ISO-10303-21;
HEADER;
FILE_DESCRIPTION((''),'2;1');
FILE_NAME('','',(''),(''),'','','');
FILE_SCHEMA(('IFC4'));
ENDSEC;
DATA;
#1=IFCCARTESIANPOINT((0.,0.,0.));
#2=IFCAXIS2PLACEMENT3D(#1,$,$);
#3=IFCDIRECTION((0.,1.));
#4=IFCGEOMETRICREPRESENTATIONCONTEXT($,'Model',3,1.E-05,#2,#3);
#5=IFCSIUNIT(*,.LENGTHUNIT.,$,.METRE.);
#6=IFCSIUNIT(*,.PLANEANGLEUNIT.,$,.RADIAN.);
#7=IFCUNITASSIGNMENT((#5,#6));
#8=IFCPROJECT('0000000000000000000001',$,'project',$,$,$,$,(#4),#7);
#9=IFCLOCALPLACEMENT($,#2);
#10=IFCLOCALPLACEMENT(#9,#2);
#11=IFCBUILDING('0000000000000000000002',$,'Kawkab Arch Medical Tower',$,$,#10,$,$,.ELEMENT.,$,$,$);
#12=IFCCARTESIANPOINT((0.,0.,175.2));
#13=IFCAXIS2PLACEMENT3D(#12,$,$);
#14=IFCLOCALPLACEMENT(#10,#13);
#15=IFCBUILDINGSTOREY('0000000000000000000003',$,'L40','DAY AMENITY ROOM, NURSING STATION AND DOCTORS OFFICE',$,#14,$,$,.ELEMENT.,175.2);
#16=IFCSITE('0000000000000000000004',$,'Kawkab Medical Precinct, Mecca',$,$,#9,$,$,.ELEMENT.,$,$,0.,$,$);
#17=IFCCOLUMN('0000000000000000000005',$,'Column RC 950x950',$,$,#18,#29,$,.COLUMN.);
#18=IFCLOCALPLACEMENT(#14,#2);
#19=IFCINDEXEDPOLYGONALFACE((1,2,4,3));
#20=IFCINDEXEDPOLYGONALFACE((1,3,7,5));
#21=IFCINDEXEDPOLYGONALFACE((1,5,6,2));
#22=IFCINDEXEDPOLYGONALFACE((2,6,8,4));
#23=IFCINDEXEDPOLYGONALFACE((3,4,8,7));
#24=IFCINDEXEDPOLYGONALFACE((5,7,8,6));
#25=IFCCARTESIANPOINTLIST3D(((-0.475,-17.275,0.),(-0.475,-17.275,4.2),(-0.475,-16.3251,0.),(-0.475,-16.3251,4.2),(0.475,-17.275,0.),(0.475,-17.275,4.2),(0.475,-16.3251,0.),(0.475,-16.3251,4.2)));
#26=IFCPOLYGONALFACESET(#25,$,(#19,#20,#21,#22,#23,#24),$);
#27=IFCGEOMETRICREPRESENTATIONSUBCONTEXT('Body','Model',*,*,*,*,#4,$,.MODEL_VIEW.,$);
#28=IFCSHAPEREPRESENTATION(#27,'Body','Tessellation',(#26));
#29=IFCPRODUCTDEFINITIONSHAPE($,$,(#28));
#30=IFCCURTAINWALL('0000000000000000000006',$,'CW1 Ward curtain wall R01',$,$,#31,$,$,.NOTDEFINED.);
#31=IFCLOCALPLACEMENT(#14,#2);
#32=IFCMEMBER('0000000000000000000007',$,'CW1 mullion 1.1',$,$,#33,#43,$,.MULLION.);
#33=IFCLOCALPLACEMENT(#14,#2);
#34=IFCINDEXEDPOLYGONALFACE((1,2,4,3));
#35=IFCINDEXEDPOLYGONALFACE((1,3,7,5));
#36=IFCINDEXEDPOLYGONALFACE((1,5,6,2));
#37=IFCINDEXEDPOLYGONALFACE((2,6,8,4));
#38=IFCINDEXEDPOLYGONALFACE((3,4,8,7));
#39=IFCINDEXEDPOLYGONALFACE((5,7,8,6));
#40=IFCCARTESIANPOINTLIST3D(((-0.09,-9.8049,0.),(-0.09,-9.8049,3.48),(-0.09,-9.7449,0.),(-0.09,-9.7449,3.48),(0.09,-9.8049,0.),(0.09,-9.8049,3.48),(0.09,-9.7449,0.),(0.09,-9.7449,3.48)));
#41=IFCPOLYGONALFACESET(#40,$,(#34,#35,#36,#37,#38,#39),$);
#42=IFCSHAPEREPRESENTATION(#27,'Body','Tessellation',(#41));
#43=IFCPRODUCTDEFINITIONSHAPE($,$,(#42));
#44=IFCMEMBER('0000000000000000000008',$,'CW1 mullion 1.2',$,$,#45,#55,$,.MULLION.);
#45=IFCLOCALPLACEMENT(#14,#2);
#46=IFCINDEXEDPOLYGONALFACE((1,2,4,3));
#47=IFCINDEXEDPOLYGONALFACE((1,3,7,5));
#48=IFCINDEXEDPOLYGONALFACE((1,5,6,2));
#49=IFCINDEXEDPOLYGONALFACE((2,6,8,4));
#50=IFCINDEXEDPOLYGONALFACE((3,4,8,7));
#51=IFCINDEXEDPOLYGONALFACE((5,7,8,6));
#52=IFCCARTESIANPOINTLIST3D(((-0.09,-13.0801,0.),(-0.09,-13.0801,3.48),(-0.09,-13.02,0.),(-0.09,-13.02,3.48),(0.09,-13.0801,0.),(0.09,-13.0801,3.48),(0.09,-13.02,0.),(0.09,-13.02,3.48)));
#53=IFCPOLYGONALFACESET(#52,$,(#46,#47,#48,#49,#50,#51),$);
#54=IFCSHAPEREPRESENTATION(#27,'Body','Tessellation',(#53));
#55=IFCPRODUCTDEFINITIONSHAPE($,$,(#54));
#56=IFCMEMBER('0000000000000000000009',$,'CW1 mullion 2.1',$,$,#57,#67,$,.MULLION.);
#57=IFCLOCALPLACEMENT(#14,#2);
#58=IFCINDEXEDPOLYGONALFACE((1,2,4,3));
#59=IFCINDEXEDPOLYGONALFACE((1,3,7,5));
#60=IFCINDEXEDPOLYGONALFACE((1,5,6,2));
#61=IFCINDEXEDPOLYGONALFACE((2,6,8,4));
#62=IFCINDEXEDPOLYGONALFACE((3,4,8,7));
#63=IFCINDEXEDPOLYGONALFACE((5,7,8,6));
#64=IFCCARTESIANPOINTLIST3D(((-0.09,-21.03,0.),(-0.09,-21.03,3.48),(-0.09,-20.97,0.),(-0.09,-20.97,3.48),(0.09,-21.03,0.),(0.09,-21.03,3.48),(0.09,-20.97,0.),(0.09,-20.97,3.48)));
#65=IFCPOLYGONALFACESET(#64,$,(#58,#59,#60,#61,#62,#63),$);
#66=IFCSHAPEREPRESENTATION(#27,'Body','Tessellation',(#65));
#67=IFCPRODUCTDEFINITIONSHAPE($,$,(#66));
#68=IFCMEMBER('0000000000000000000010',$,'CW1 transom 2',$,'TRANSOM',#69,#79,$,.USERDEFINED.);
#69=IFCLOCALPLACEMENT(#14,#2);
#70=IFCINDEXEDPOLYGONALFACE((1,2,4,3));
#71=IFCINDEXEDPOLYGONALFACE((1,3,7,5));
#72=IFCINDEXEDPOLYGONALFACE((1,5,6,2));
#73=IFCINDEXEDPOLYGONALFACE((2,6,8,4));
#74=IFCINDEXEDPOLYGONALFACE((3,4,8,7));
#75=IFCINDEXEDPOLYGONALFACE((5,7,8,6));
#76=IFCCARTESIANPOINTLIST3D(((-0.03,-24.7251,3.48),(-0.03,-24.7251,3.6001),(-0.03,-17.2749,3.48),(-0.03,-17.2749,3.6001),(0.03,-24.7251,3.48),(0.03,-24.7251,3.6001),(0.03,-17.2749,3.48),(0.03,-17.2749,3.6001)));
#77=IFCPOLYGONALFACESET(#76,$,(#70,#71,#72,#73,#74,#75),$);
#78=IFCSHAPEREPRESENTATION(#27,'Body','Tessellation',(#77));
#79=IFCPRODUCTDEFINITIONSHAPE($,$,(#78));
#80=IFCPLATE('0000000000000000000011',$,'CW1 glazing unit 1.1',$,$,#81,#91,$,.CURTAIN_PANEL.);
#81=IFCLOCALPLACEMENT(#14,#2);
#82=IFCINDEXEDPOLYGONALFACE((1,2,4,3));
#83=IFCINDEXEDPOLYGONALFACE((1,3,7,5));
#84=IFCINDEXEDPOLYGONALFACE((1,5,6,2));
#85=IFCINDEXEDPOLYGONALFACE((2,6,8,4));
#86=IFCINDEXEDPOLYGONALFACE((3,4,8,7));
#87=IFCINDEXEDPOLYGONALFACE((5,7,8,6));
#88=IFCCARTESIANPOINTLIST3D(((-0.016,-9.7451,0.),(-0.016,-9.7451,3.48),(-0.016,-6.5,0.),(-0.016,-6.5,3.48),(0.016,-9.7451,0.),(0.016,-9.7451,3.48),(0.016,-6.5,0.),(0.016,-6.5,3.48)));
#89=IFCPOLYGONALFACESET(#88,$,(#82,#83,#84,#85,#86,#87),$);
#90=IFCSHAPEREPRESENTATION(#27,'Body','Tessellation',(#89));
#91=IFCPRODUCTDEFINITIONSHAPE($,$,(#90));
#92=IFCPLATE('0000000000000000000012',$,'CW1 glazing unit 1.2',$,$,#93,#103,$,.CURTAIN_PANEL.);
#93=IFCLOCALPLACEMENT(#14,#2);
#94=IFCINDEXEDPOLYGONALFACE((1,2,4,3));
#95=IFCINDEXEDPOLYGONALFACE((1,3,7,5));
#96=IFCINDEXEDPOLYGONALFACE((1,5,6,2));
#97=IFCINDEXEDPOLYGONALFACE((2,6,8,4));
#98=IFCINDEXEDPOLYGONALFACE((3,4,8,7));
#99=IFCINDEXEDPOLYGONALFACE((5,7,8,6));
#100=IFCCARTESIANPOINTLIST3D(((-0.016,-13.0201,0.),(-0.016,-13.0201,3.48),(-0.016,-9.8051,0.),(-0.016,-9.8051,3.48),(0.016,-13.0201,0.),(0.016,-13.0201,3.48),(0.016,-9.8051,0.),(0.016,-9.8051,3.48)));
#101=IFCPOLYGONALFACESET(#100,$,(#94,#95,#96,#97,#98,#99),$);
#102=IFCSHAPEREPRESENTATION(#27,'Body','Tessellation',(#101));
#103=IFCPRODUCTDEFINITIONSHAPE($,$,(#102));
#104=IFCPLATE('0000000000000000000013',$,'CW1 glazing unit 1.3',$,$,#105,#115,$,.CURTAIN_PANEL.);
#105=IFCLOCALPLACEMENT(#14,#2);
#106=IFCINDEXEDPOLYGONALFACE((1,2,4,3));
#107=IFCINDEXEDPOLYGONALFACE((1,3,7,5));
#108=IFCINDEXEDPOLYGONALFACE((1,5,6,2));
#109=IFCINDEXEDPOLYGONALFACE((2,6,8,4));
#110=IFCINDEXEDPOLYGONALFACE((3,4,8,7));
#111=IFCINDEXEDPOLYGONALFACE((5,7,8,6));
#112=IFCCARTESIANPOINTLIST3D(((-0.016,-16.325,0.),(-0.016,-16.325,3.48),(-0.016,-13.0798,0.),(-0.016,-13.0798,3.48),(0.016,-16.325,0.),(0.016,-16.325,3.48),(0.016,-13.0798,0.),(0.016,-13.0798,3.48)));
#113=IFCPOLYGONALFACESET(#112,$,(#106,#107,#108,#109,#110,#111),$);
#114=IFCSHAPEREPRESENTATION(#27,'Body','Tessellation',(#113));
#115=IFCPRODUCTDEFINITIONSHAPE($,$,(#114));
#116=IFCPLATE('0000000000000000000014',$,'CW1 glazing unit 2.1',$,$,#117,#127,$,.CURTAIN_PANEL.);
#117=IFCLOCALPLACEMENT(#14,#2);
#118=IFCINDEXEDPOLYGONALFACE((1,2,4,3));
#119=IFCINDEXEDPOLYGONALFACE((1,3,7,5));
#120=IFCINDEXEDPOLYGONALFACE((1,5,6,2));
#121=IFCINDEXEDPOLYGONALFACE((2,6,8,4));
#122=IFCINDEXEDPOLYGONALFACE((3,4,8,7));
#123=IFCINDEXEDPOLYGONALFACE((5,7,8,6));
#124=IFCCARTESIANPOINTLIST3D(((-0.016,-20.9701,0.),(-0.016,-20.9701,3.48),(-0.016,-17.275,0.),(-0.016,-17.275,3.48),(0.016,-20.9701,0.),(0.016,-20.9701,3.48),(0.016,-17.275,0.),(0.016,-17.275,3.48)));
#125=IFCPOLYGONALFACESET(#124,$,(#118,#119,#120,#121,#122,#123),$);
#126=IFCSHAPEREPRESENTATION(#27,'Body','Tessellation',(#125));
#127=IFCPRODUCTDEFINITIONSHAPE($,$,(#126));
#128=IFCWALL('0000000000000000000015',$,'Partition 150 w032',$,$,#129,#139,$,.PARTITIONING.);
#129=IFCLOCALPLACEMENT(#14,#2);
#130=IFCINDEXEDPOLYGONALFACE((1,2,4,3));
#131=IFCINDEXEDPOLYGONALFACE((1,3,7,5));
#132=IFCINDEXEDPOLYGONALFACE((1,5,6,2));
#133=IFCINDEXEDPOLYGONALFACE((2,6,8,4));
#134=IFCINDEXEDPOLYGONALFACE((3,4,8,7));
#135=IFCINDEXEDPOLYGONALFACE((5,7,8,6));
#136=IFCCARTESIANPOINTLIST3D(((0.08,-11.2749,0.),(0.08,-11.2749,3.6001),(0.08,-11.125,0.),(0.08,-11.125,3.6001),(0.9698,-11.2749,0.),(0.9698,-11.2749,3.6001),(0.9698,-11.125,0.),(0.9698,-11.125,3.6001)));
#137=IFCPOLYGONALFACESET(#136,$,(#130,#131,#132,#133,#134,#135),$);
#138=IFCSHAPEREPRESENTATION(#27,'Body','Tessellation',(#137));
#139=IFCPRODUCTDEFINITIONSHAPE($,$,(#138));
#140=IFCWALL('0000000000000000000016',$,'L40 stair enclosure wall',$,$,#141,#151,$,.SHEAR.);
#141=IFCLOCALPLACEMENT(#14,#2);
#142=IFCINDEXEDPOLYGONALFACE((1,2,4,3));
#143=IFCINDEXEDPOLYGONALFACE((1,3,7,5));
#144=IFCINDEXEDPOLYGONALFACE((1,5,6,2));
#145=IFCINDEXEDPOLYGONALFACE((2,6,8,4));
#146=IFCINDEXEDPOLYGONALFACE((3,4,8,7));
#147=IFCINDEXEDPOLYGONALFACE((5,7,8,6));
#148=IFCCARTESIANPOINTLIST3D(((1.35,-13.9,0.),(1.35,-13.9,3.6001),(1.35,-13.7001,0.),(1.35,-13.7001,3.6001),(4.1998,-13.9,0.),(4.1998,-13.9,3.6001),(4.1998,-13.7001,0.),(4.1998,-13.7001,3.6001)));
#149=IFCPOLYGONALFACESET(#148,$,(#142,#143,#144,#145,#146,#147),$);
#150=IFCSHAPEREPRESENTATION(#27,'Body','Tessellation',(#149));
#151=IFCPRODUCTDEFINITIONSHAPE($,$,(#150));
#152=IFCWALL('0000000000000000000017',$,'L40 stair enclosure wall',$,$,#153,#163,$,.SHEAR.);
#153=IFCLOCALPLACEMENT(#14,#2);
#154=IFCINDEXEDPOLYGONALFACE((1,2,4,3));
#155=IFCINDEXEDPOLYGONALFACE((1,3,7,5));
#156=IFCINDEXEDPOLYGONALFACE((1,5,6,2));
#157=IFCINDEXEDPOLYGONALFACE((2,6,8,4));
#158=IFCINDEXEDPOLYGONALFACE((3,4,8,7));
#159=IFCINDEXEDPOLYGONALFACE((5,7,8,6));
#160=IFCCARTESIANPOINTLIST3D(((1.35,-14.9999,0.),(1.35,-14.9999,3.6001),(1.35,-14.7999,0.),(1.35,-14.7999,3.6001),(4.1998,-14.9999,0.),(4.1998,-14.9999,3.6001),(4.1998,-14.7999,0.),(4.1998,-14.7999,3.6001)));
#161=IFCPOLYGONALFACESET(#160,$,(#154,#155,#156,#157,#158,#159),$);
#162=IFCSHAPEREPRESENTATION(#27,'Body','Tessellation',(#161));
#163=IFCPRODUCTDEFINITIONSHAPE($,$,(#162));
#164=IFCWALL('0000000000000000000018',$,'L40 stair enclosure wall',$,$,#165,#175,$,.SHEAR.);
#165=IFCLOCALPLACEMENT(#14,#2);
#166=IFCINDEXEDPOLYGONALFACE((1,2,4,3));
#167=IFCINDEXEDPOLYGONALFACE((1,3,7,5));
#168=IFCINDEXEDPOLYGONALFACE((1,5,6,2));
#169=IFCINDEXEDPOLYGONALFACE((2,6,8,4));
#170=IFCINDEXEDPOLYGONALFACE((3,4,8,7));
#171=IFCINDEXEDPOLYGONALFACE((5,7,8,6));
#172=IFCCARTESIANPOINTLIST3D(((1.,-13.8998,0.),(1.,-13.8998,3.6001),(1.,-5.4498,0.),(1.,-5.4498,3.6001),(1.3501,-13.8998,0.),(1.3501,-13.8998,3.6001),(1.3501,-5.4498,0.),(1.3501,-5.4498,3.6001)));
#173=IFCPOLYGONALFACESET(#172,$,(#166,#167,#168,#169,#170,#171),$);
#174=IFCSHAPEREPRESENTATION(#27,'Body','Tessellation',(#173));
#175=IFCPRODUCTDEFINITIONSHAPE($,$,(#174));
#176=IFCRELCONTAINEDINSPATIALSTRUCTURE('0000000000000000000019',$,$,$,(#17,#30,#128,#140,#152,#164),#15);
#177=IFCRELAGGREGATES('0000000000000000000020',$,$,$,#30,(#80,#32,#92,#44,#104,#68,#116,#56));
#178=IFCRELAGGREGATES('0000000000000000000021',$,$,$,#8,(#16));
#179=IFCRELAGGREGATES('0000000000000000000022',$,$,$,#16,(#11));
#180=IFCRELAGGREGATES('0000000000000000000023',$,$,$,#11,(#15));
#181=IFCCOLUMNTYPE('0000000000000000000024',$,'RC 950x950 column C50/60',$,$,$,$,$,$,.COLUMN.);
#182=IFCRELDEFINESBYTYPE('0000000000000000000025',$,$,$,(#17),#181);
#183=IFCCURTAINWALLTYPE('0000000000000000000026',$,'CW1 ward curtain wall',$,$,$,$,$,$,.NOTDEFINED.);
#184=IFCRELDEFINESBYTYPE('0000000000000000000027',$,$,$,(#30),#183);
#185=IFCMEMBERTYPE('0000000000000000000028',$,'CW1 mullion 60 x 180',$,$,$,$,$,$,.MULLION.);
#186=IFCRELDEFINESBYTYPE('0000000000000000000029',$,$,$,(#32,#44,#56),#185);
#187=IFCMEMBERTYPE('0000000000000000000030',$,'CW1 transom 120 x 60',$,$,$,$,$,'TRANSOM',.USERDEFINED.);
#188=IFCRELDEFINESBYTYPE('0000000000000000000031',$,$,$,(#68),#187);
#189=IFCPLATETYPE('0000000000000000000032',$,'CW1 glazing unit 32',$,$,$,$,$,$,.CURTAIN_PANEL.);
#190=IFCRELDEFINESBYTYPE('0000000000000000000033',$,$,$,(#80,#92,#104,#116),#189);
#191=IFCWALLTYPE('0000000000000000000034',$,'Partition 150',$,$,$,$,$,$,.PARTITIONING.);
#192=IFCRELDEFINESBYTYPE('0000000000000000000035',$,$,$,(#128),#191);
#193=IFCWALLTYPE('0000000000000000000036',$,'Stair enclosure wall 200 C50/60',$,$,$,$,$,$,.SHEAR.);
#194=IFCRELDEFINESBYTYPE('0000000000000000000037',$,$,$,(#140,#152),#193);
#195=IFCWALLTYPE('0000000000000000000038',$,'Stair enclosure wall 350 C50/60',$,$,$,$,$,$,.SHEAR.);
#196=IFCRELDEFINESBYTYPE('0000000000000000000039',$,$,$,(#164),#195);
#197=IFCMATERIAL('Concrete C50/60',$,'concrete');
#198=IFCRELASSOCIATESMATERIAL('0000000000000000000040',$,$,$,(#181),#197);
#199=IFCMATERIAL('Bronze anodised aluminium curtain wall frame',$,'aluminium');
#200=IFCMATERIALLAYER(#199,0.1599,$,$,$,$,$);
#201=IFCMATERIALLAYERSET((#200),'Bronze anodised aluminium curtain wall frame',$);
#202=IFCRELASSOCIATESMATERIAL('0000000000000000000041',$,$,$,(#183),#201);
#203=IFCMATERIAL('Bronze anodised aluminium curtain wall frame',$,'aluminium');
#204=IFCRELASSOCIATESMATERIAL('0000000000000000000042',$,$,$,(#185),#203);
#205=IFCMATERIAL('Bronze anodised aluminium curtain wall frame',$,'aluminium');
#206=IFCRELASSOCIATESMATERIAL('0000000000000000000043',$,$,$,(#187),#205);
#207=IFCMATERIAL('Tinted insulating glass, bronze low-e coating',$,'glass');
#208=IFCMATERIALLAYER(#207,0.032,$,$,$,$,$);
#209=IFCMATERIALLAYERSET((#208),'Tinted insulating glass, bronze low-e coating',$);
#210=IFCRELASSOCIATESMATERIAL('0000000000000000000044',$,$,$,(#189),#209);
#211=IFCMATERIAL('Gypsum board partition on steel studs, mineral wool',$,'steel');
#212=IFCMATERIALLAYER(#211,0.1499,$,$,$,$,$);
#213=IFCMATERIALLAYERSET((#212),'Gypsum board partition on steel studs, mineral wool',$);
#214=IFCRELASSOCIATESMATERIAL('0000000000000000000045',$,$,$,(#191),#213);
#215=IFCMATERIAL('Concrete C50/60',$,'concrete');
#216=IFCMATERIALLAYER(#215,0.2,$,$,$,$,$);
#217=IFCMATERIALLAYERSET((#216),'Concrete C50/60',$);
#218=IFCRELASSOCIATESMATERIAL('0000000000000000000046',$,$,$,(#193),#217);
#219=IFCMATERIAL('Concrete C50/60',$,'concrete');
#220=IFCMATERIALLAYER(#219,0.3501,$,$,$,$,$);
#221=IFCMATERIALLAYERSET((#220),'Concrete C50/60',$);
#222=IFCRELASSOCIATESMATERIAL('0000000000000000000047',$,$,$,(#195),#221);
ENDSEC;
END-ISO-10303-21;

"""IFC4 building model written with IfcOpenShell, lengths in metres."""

from ifc_helpers import new_model, si_unit, direction, frame, frame_2d, origin, origin_2d, place, context, subcontext, project, spatial, rectangle, extrude, material, layer, layer_set, material_profile, profile_set, type_object, element, aggregate, save


model = new_model("IFC4")

# Units and contexts
model_context = context("Model", 3, precision=1e-05, world=origin(), true_north=direction((0.0, 1.0)))
body_context = subcontext(model_context, "Body", "Model", "MODEL_VIEW")
ifc_project = project(units=[si_unit("LENGTHUNIT", "METRE"), si_unit("PLANEANGLEUNIT", "RADIAN")], contexts=[model_context])

# Site, building, storey
site_placement = place(None, origin())
site = spatial("IfcSite", under=ifc_project, at=site_placement, Name="Kawkab Medical Precinct, Mecca", CompositionType="ELEMENT", RefElevation=0.0)
building_placement = place(site_placement, origin())
building = spatial("IfcBuilding", under=site, at=building_placement, Name="Kawkab Arch Medical Tower", CompositionType="ELEMENT")
storey_placement = place(building_placement, frame((0.0, 0.0, 175.2)))
storey = spatial("IfcBuildingStorey", under=building, at=storey_placement, Name="L40", Description="DAY AMENITY ROOM, NURSING STATION AND DOCTORS OFFICE", CompositionType="ELEMENT", Elevation=175.2)

# Column
ifc_material_1 = material(Name="Concrete C50/60", Category="concrete")
ifc_material_profile_1 = material_profile(ifc_material_1, rectangle(XDim=0.95, YDim=0.95, at=origin_2d()), Name="RC 950x950")
ifc_profile_set_1 = profile_set([ifc_material_profile_1], Name="Concrete C50/60")
column_type = type_object("IfcColumnType", Name="RC 950x950 column C50/60", PredefinedType="COLUMN", material=ifc_profile_set_1)
column_placement = place(storey_placement, frame((0.0, -16.8, 0.0), z_axis=(0.0, 0.0, 1.0), x_axis=(1.0, 0.0, 0.0)))
element("IfcColumn", 1, at=column_placement, inside=storey, type_object=column_type, Name="Column RC 950x950", PredefinedType="COLUMN", context=body_context, shape_type="SweptSolid", body=[
    extrude(rectangle(XDim=0.95, YDim=0.95, at=origin_2d()), origin(), (0.0, 0.0, 1.0), 4.2),
])

# Curtain wall, members, plates
ifc_material_2 = material(Name="Bronze anodised aluminium curtain wall frame", Category="aluminium")
ifc_layer_1 = layer(ifc_material_2, 0.1599)
ifc_layer_set_1 = layer_set([ifc_layer_1], Name="Bronze anodised aluminium curtain wall frame")
curtain_wall_type = type_object("IfcCurtainWallType", Name="CW1 ward curtain wall", PredefinedType="NOTDEFINED", material=ifc_layer_set_1)
placement = place(storey_placement, origin())
curtain_wall = element("IfcCurtainWall", 2, at=placement, inside=storey, type_object=curtain_wall_type, Name="CW1 Ward curtain wall R01", PredefinedType="NOTDEFINED")
ifc_material_3 = material(Name="Bronze anodised aluminium curtain wall frame", Category="aluminium")
ifc_material_profile_2 = material_profile(ifc_material_3, rectangle(XDim=0.1799, YDim=0.0601, at=origin_2d()), Name="AL 60x180")
ifc_profile_set_2 = profile_set([ifc_material_profile_2], Name="Bronze anodised aluminium curtain wall frame")
member_type_1 = type_object("IfcMemberType", Name="CW1 mullion 60 x 180", PredefinedType="MULLION", material=ifc_profile_set_2)
member_1_placement = place(storey_placement, frame((0.0, -9.7749, 0.0), z_axis=(0.0, 0.0, 1.0), x_axis=(1.0, 0.0, 0.0)))
member_1 = element("IfcMember", 3, at=member_1_placement, type_object=member_type_1, Name="CW1 mullion 1.1", PredefinedType="MULLION", context=body_context, shape_type="SweptSolid", body=[
    extrude(rectangle(XDim=0.1799, YDim=0.0601, at=origin_2d()), origin(), (0.0, 0.0, 1.0), 3.48),
])
member_2_placement = place(storey_placement, frame((0.0, -13.05, 0.0), z_axis=(0.0, 0.0, 1.0), x_axis=(1.0, 0.0, 0.0)))
member_2 = element("IfcMember", 4, at=member_2_placement, type_object=member_type_1, Name="CW1 mullion 1.2", PredefinedType="MULLION", context=body_context, shape_type="SweptSolid", body=[
    extrude(rectangle(XDim=0.1799, YDim=0.0601, at=origin_2d()), origin(), (0.0, 0.0, 1.0), 3.48),
])
member_3_placement = place(storey_placement, frame((0.0, -21.0, 0.0), z_axis=(0.0, 0.0, 1.0), x_axis=(1.0, 0.0, 0.0)))
member_3 = element("IfcMember", 5, at=member_3_placement, type_object=member_type_1, Name="CW1 mullion 2.1", PredefinedType="MULLION", context=body_context, shape_type="SweptSolid", body=[
    extrude(rectangle(XDim=0.1799, YDim=0.0601, at=origin_2d()), origin(), (0.0, 0.0, 1.0), 3.48),
])
ifc_material_4 = material(Name="Bronze anodised aluminium curtain wall frame", Category="aluminium")
ifc_material_profile_3 = material_profile(ifc_material_4, rectangle(XDim=0.0601, YDim=0.1201, at=origin_2d()), Name="AL 60x120")
ifc_profile_set_3 = profile_set([ifc_material_profile_3], Name="Bronze anodised aluminium curtain wall frame")
member_type_2 = type_object("IfcMemberType", Name="CW1 transom 120 x 60", ElementType="TRANSOM", PredefinedType="USERDEFINED", material=ifc_profile_set_3)
member_4_placement = place(storey_placement, frame((0.0, -17.2749, 3.54), z_axis=(0.0, -1.0, 0.0), x_axis=(1.0, 0.0, 0.0)))
member_4 = element("IfcMember", 6, at=member_4_placement, type_object=member_type_2, Name="CW1 transom 2", ObjectType="TRANSOM", PredefinedType="USERDEFINED", context=body_context, shape_type="SweptSolid", body=[
    extrude(rectangle(XDim=0.0601, YDim=0.1201, at=origin_2d()), origin(), (0.0, 0.0, 1.0), 7.4502),
])
ifc_material_5 = material(Name="Tinted insulating glass, bronze low-e coating", Category="glass")
ifc_layer_2 = layer(ifc_material_5, 0.032)
ifc_layer_set_2 = layer_set([ifc_layer_2], Name="Tinted insulating glass, bronze low-e coating")
plate_type = type_object("IfcPlateType", Name="CW1 glazing unit 32", PredefinedType="CURTAIN_PANEL", material=ifc_layer_set_2)
plate_1_placement = place(storey_placement, frame((0.0, -8.1226, 0.0), z_axis=(0.0, 0.0, 1.0), x_axis=(0.0, -1.0, 0.0)))
plate_1 = element("IfcPlate", 7, at=plate_1_placement, type_object=plate_type, Name="CW1 glazing unit 1.1", PredefinedType="CURTAIN_PANEL", context=body_context, shape_type="SweptSolid", body=[
    extrude(rectangle(XDim=3.2451, YDim=0.032, at=origin_2d()), origin(), (0.0, 0.0, 1.0), 3.48),
])
plate_2_placement = place(storey_placement, frame((0.0, -11.4126, 0.0), z_axis=(0.0, 0.0, 1.0), x_axis=(0.0, -1.0, 0.0)))
plate_2 = element("IfcPlate", 8, at=plate_2_placement, type_object=plate_type, Name="CW1 glazing unit 1.2", PredefinedType="CURTAIN_PANEL", context=body_context, shape_type="SweptSolid", body=[
    extrude(rectangle(XDim=3.2151, YDim=0.032, at=origin_2d()), origin(), (0.0, 0.0, 1.0), 3.48),
])
plate_3_placement = place(storey_placement, frame((0.0, -14.7024, 0.0), z_axis=(0.0, 0.0, 1.0), x_axis=(0.0, -1.0, 0.0)))
plate_3 = element("IfcPlate", 9, at=plate_3_placement, type_object=plate_type, Name="CW1 glazing unit 1.3", PredefinedType="CURTAIN_PANEL", context=body_context, shape_type="SweptSolid", body=[
    extrude(rectangle(XDim=3.2451, YDim=0.032, at=origin_2d()), origin(), (0.0, 0.0, 1.0), 3.48),
])
plate_4_placement = place(storey_placement, frame((0.0, -19.1226, 0.0), z_axis=(0.0, 0.0, 1.0), x_axis=(0.0, -1.0, 0.0)))
plate_4 = element("IfcPlate", 10, at=plate_4_placement, type_object=plate_type, Name="CW1 glazing unit 2.1", PredefinedType="CURTAIN_PANEL", context=body_context, shape_type="SweptSolid", body=[
    extrude(rectangle(XDim=3.6951, YDim=0.032, at=origin_2d()), origin(), (0.0, 0.0, 1.0), 3.48),
])
aggregate(curtain_wall, [plate_1, member_1, plate_2, member_2, plate_3, member_4, plate_4, member_3])

# Walls
ifc_material_6 = material(Name="Gypsum board partition on steel studs, mineral wool", Category="steel")
ifc_layer_3 = layer(ifc_material_6, 0.1499)
ifc_layer_set_3 = layer_set([ifc_layer_3], Name="Gypsum board partition on steel studs, mineral wool")
wall_type_1 = type_object("IfcWallType", Name="Partition 150", PredefinedType="PARTITIONING", material=ifc_layer_set_3)
wall_1_placement = place(storey_placement, frame((0.0801, -11.2, 0.0), z_axis=(0.0, 0.0, 1.0), x_axis=(1.0, 0.0, 0.0)))
element("IfcWall", 11, at=wall_1_placement, inside=storey, type_object=wall_type_1, Name="Partition 150 w032", PredefinedType="PARTITIONING", context=body_context, shape_type="SweptSolid", body=[
    extrude(rectangle(XDim=0.8899, YDim=0.1499, at=frame_2d((0.4448, 0.0))), origin(), (0.0, 0.0, 1.0), 3.6001),
])
ifc_material_7 = material(Name="Concrete C50/60", Category="concrete")
ifc_layer_4 = layer(ifc_material_7, 0.2)
ifc_layer_set_4 = layer_set([ifc_layer_4], Name="Concrete C50/60")
wall_type_2 = type_object("IfcWallType", Name="Stair enclosure wall 200 C50/60", PredefinedType="SHEAR", material=ifc_layer_set_4)
for number, where, z_axis, x_axis, name in (
    (12, (1.3501, -13.8, 0.0), (0.0, 0.0, 1.0), (1.0, 0.0, 0.0), "L40 stair enclosure wall"),
    (13, (1.3501, -14.8999, 0.0), (0.0, 0.0, 1.0), (1.0, 0.0, 0.0), "L40 stair enclosure wall"),
):
    element("IfcWall", number, at=place(storey_placement, frame(where, z_axis=z_axis, x_axis=x_axis)), inside=storey, type_object=wall_type_2, Name=name, PredefinedType="SHEAR", context=body_context, shape_type="SweptSolid", body=[
        extrude(rectangle(XDim=2.8499, YDim=0.2, at=frame_2d((1.4248, 0.0))), origin(), (0.0, 0.0, 1.0), 3.6001),
    ])
ifc_material_8 = material(Name="Concrete C50/60", Category="concrete")
ifc_layer_5 = layer(ifc_material_8, 0.3501)
ifc_layer_set_5 = layer_set([ifc_layer_5], Name="Concrete C50/60")
wall_type_3 = type_object("IfcWallType", Name="Stair enclosure wall 350 C50/60", PredefinedType="SHEAR", material=ifc_layer_set_5)
wall_2_placement = place(storey_placement, frame((1.175, -13.8999, 0.0), z_axis=(0.0, 0.0, 1.0), x_axis=(0.0, 1.0, 0.0)))
element("IfcWall", 14, at=wall_2_placement, inside=storey, type_object=wall_type_3, Name="L40 stair enclosure wall", PredefinedType="SHEAR", context=body_context, shape_type="SweptSolid", body=[
    extrude(rectangle(XDim=8.45, YDim=0.3501, at=frame_2d((4.2251, 0.0))), origin(), (0.0, 0.0, 1.0), 3.6001),
])

save(model, "model.ifc")
